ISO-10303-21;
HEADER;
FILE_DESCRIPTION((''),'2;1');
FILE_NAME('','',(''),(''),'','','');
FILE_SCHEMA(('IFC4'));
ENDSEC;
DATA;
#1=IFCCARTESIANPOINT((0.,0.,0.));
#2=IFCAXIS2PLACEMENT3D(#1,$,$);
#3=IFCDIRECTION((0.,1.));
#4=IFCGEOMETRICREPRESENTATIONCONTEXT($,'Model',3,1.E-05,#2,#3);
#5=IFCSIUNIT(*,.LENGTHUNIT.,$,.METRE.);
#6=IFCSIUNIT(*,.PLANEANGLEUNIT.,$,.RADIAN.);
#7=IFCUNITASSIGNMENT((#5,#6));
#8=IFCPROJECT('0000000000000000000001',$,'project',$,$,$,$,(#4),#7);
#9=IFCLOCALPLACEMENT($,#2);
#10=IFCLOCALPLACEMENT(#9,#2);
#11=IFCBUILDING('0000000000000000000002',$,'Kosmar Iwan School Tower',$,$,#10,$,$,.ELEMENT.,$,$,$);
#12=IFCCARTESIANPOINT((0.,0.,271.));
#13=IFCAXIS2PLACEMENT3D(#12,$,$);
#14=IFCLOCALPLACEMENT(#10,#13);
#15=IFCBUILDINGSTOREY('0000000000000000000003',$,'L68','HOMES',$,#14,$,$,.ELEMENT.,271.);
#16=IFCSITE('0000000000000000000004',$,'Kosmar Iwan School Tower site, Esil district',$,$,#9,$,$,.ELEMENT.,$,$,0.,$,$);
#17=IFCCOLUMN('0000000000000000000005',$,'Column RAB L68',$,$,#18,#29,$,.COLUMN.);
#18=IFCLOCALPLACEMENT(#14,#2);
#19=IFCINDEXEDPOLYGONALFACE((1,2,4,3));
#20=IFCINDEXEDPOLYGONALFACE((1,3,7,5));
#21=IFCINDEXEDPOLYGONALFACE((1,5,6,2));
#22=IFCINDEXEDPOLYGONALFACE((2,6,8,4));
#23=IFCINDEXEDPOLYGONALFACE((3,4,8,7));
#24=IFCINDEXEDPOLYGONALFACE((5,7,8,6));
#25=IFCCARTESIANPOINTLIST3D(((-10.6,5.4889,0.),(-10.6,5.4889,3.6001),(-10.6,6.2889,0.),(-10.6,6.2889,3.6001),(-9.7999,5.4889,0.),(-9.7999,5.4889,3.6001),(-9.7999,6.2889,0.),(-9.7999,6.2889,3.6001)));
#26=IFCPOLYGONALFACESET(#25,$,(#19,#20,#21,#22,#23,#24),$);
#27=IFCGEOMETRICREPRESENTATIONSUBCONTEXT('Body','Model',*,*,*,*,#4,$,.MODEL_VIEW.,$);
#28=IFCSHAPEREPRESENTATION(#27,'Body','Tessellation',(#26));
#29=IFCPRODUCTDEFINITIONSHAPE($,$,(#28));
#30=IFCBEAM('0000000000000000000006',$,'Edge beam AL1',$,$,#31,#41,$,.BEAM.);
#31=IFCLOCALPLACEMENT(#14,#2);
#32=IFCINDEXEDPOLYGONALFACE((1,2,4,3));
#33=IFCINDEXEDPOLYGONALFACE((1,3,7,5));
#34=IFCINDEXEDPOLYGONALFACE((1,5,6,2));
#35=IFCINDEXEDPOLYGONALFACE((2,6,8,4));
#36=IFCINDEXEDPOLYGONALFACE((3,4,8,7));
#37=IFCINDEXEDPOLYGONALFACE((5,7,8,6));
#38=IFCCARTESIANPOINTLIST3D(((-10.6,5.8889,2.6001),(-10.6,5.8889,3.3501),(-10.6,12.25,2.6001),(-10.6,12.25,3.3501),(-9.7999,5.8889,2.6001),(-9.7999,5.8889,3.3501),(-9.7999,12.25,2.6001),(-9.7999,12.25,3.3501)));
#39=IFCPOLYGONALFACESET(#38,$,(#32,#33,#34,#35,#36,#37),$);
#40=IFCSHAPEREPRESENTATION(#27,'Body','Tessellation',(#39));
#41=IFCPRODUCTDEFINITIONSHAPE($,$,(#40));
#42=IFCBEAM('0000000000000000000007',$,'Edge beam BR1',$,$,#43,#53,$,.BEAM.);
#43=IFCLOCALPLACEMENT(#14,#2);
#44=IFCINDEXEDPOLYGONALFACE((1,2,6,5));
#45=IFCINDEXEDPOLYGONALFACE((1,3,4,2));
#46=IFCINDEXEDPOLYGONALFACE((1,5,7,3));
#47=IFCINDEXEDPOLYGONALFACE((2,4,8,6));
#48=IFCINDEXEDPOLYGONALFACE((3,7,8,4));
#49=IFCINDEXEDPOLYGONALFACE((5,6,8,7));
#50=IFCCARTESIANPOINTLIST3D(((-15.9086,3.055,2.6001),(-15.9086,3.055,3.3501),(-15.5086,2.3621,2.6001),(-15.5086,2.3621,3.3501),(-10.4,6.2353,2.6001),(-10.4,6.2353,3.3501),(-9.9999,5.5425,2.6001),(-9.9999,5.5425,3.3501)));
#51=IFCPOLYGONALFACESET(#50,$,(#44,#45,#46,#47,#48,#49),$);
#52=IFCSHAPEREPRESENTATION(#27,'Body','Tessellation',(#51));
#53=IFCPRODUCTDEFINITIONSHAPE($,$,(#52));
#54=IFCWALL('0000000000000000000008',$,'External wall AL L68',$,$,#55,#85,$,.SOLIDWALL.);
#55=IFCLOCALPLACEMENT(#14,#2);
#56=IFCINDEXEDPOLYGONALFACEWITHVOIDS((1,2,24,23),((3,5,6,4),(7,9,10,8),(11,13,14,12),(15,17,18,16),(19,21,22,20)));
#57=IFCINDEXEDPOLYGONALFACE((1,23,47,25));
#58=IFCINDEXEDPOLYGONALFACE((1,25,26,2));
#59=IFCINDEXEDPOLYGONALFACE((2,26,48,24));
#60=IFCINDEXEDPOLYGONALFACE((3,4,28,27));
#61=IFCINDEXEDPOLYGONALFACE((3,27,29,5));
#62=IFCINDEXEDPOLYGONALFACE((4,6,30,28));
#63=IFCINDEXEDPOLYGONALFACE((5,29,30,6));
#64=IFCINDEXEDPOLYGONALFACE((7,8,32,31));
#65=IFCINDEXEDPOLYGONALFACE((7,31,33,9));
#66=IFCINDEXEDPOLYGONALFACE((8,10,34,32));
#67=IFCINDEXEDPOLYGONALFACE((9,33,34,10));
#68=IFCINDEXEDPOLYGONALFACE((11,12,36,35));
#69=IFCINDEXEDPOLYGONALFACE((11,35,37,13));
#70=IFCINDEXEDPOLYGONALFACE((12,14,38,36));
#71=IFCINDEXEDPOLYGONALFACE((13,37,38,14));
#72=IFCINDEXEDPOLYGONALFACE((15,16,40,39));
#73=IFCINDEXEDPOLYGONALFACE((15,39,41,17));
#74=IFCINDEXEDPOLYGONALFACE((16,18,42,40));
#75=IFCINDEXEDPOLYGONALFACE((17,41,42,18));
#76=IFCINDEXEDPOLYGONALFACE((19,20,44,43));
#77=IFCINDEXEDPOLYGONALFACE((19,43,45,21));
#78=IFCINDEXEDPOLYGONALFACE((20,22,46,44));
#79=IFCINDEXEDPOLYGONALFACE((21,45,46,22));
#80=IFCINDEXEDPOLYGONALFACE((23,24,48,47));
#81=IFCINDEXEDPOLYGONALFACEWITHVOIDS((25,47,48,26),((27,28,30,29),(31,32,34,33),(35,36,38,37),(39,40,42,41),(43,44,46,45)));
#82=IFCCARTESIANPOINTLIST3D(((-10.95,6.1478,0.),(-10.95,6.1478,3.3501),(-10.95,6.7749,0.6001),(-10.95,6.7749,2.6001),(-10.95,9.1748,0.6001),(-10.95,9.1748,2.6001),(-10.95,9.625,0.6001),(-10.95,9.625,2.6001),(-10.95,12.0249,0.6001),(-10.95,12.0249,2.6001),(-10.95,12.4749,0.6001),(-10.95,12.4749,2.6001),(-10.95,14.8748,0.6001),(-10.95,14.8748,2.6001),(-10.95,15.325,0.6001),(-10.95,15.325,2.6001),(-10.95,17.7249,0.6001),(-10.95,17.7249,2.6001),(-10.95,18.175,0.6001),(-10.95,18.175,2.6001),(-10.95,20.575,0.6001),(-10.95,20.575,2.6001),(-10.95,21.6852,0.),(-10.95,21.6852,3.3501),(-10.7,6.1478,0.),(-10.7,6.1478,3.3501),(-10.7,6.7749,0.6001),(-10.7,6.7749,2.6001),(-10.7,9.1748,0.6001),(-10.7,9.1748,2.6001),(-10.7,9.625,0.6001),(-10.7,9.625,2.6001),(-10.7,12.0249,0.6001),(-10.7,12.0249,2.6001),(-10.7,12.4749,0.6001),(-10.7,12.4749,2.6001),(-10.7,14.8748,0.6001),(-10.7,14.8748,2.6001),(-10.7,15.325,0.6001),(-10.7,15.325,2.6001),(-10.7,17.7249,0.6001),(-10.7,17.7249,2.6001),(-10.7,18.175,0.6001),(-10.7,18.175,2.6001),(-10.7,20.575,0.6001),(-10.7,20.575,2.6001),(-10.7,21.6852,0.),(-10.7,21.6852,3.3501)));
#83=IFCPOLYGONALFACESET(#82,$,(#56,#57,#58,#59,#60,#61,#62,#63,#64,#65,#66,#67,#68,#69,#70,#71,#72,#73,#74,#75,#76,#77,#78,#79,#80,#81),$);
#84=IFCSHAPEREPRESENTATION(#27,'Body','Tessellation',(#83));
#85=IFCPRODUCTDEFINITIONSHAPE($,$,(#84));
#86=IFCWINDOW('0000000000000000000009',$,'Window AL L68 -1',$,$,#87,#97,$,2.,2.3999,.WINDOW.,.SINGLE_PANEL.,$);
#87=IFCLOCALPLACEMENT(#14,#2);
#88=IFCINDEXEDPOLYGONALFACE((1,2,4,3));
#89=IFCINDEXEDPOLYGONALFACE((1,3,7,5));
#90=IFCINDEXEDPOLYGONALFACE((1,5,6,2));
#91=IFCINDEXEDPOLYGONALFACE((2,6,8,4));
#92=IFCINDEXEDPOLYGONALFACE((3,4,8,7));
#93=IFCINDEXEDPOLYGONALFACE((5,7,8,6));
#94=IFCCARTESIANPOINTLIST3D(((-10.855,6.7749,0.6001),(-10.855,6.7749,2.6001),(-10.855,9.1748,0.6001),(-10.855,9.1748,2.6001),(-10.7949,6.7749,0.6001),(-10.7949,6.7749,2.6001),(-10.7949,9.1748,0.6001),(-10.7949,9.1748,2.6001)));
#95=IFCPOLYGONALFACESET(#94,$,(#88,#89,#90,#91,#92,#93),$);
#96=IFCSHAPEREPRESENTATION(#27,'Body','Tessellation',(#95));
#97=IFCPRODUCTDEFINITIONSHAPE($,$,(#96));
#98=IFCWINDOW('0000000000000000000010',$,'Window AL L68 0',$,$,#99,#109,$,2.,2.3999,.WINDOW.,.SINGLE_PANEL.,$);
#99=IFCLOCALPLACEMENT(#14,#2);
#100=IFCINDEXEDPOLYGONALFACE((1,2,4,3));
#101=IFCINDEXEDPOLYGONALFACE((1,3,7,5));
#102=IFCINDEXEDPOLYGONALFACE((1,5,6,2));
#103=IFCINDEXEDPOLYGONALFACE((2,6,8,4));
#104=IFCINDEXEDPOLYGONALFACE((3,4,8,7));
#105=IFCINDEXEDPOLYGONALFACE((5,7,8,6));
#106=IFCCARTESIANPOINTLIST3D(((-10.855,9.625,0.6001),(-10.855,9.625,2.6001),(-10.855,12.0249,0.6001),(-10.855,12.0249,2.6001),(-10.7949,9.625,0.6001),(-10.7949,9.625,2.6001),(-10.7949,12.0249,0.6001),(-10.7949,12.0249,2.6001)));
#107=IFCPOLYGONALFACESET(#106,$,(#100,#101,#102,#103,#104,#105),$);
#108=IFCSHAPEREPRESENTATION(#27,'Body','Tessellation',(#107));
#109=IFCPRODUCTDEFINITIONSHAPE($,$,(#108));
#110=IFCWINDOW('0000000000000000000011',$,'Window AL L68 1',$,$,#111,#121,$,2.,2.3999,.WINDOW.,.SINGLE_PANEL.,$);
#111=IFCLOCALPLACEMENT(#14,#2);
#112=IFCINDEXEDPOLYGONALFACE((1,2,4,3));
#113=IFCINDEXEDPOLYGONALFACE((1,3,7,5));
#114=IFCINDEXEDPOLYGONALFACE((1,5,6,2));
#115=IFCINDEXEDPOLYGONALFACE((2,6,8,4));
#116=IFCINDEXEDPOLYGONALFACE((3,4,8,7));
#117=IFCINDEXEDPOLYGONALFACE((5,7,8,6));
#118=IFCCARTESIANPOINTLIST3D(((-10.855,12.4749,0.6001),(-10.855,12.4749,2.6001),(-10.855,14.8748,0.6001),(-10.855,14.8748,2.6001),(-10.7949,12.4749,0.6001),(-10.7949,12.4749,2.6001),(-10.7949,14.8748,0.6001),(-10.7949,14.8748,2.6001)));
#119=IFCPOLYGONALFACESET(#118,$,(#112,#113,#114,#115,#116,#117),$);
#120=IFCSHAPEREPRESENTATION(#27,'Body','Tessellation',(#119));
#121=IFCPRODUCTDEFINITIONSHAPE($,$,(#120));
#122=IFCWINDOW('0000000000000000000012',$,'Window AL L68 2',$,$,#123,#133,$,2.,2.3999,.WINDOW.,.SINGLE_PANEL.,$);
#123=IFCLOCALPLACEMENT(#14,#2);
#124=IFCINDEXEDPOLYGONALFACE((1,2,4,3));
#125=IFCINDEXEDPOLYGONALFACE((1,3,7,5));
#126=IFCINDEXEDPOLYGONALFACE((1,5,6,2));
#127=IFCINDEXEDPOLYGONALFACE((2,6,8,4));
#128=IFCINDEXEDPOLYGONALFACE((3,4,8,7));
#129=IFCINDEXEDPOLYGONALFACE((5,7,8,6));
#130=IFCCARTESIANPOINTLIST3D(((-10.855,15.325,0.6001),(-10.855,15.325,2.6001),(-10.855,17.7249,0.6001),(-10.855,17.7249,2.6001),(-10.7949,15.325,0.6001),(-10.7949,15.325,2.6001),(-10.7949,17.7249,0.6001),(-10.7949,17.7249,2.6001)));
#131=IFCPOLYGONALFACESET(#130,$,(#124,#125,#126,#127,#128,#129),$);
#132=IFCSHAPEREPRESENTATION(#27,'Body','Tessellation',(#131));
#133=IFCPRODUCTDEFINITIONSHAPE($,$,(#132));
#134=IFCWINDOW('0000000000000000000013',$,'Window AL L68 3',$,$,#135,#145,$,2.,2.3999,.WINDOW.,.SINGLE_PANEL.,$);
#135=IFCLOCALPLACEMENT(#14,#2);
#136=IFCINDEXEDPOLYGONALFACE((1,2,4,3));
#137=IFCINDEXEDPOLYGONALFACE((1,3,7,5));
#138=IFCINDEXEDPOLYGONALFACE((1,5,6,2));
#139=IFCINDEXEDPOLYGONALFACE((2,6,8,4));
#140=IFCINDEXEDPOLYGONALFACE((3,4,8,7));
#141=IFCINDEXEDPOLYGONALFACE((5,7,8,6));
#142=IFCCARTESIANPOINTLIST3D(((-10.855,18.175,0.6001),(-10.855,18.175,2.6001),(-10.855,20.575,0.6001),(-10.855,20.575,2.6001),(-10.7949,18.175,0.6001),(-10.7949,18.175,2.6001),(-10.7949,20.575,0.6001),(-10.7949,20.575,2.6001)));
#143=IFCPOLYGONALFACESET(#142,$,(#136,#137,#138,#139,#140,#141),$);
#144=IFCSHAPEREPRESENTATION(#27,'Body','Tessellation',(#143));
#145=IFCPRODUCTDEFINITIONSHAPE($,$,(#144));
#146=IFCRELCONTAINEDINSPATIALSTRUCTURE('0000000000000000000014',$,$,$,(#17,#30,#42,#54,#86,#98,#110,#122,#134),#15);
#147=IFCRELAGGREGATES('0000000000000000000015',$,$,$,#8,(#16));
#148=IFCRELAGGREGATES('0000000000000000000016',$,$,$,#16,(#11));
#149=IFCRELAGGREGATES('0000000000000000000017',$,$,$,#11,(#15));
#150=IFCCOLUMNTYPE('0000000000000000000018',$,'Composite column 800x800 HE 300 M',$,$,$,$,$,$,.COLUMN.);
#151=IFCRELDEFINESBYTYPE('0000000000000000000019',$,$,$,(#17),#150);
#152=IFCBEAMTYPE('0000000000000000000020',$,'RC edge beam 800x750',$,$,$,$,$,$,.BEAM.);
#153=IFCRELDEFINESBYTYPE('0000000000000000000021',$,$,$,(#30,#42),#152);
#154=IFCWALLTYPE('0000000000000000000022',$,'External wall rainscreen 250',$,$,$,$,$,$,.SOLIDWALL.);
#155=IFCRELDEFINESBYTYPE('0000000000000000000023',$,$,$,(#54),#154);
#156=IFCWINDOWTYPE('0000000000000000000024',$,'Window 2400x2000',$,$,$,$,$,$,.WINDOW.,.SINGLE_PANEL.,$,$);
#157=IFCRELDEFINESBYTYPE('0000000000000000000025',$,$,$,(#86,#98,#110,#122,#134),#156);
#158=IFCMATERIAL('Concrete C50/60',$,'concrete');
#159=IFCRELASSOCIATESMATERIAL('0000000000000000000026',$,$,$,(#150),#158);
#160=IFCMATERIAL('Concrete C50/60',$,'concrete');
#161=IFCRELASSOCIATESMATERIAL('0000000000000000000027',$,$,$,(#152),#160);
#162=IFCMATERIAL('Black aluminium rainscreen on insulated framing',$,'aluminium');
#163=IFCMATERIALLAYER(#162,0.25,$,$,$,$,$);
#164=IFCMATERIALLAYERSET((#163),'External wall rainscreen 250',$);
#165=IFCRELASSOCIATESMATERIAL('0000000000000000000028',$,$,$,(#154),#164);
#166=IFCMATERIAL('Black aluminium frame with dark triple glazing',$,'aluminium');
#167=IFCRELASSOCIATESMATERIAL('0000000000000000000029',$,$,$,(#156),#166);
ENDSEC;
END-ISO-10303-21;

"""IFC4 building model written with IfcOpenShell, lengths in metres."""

from ifc_helpers import new_model, si_unit, direction, frame, frame_2d, origin, origin_2d, place, context, subcontext, project, spatial, rectangle, extrude, material, layer, layer_set, material_profile, profile_set, type_object, element, fill, save


model = new_model("IFC4")

# Units and contexts
model_context = context("Model", 3, precision=1e-05, world=origin(), true_north=direction((0.0, 1.0)))
body_context = subcontext(model_context, "Body", "Model", "MODEL_VIEW")
ifc_project = project(units=[si_unit("LENGTHUNIT", "METRE"), si_unit("PLANEANGLEUNIT", "RADIAN")], contexts=[model_context])

# Site, building, storey
site_placement = place(None, origin())
site = spatial("IfcSite", under=ifc_project, at=site_placement, Name="Kosmar Iwan School Tower site, Esil district", CompositionType="ELEMENT", RefElevation=0.0)
building_placement = place(site_placement, origin())
building = spatial("IfcBuilding", under=site, at=building_placement, Name="Kosmar Iwan School Tower", CompositionType="ELEMENT")
storey_placement = place(building_placement, frame((0.0, 0.0, 271.0)))
storey = spatial("IfcBuildingStorey", under=building, at=storey_placement, Name="L68", Description="HOMES", CompositionType="ELEMENT", Elevation=271.0)

# Column
ifc_material_1 = material(Name="Concrete C50/60", Category="concrete")
ifc_material_profile_1 = material_profile(ifc_material_1, rectangle(XDim=0.8, YDim=0.8, at=origin_2d()), Name="RC 800x800 + HE 300 M")
ifc_profile_set_1 = profile_set([ifc_material_profile_1], Name="Concrete C50/60")
column_type = type_object("IfcColumnType", Name="Composite column 800x800 HE 300 M", PredefinedType="COLUMN", material=ifc_profile_set_1)
column_placement = place(storey_placement, frame((-10.2, 5.8889, 0.0), z_axis=(0.0, 0.0, 1.0), x_axis=(1.0, 0.0, 0.0)))
element("IfcColumn", 1, at=column_placement, inside=storey, type_object=column_type, Name="Column RAB L68", PredefinedType="COLUMN", context=body_context, shape_type="SweptSolid", body=[
    extrude(rectangle(XDim=0.8, YDim=0.8, at=origin_2d()), origin(), (0.0, 0.0, 1.0), 3.6001),
])

# Beams
ifc_material_2 = material(Name="Concrete C50/60", Category="concrete")
ifc_material_profile_2 = material_profile(ifc_material_2, rectangle(XDim=0.8, YDim=0.75, at=origin_2d()), Name="RC 800x750")
ifc_profile_set_2 = profile_set([ifc_material_profile_2], Name="Concrete C50/60")
beam_type = type_object("IfcBeamType", Name="RC edge beam 800x750", PredefinedType="BEAM", material=ifc_profile_set_2)
beam_1_placement = place(storey_placement, frame((-10.2, 5.8889, 2.9751), z_axis=(0.0, 1.0, 0.0), x_axis=(-1.0, 0.0, 0.0)))
element("IfcBeam", 2, at=beam_1_placement, inside=storey, type_object=beam_type, Name="Edge beam AL1", PredefinedType="BEAM", context=body_context, shape_type="SweptSolid", body=[
    extrude(rectangle(XDim=0.8, YDim=0.75, at=origin_2d()), origin(), (0.0, 0.0, 1.0), 6.3611),
])
beam_2_placement = place(storey_placement, frame((-10.2, 5.8889, 2.9751), z_axis=(-0.866031, -0.49999, 0.0), x_axis=(0.49999, -0.866031, 0.0)))
element("IfcBeam", 3, at=beam_2_placement, inside=storey, type_object=beam_type, Name="Edge beam BR1", PredefinedType="BEAM", context=body_context, shape_type="SweptSolid", body=[
    extrude(rectangle(XDim=0.8, YDim=0.75, at=origin_2d()), origin(), (0.0, 0.0, 1.0), 6.3608),
])

# Wall, openings, windows
ifc_material_3 = material(Name="Black aluminium rainscreen on insulated framing", Category="aluminium")
ifc_layer = layer(ifc_material_3, 0.25)
ifc_layer_set = layer_set([ifc_layer], Name="External wall rainscreen 250")
wall_type = type_object("IfcWallType", Name="External wall rainscreen 250", PredefinedType="SOLIDWALL", material=ifc_layer_set)
wall_1_placement = place(storey_placement, frame((-10.825, 6.1479, 0.0), z_axis=(0.0, 0.0, 1.0), x_axis=(0.0, 1.0, 0.0)))
wall_1 = element("IfcWall", 4, at=wall_1_placement, inside=storey, type_object=wall_type, Name="External wall AL L68", PredefinedType="SOLIDWALL", context=body_context, shape_type="SweptSolid", body=[
    extrude(rectangle(XDim=15.5374, YDim=0.25, at=frame_2d((7.7686, 0.0))), origin(), (0.0, 0.0, 1.0), 3.3501),
])
opening_1_placement = place(wall_1_placement, frame((0.627, 0.0, 0.6001)))
opening_1 = element("IfcOpeningElement", 5, at=opening_1_placement, cuts=wall_1, PredefinedType="OPENING", context=body_context, shape_type="SweptSolid", body=[
    extrude(rectangle(XDim=2.3999, YDim=2.0, at=frame_2d((1.2, 1.0))), frame((0.0, 0.137, 0.0), z_axis=(0.0, -1.0, 0.0), x_axis=(1.0, 0.0, 0.0)), (0.0, 0.0, 1.0), 0.2739),
])
opening_2_placement = place(wall_1_placement, frame((3.4771, 0.0, 0.6001)))
opening_2 = element("IfcOpeningElement", 6, at=opening_2_placement, cuts=wall_1, PredefinedType="OPENING", context=body_context, shape_type="SweptSolid", body=[
    extrude(rectangle(XDim=2.3999, YDim=2.0, at=frame_2d((1.2, 1.0))), frame((0.0, 0.137, 0.0), z_axis=(0.0, -1.0, 0.0), x_axis=(1.0, 0.0, 0.0)), (0.0, 0.0, 1.0), 0.2739),
])
opening_3_placement = place(wall_1_placement, frame((6.3269, 0.0, 0.6001)))
opening_3 = element("IfcOpeningElement", 7, at=opening_3_placement, cuts=wall_1, PredefinedType="OPENING", context=body_context, shape_type="SweptSolid", body=[
    extrude(rectangle(XDim=2.3999, YDim=2.0, at=frame_2d((1.2, 1.0))), frame((0.0, 0.137, 0.0), z_axis=(0.0, -1.0, 0.0), x_axis=(1.0, 0.0, 0.0)), (0.0, 0.0, 1.0), 0.2739),
])
opening_4_placement = place(wall_1_placement, frame((9.177, 0.0, 0.6001)))
opening_4 = element("IfcOpeningElement", 8, at=opening_4_placement, cuts=wall_1, PredefinedType="OPENING", context=body_context, shape_type="SweptSolid", body=[
    extrude(rectangle(XDim=2.3999, YDim=2.0, at=frame_2d((1.2, 1.0))), frame((0.0, 0.137, 0.0), z_axis=(0.0, -1.0, 0.0), x_axis=(1.0, 0.0, 0.0)), (0.0, 0.0, 1.0), 0.2739),
])
opening_5_placement = place(wall_1_placement, frame((12.0271, 0.0, 0.6001)))
opening_5 = element("IfcOpeningElement", 9, at=opening_5_placement, cuts=wall_1, PredefinedType="OPENING", context=body_context, shape_type="SweptSolid", body=[
    extrude(rectangle(XDim=2.3999, YDim=2.0, at=frame_2d((1.2, 1.0))), frame((0.0, 0.137, 0.0), z_axis=(0.0, -1.0, 0.0), x_axis=(1.0, 0.0, 0.0)), (0.0, 0.0, 1.0), 0.2739),
])
ifc_material_4 = material(Name="Black aluminium frame with dark triple glazing", Category="aluminium")
window_type = type_object("IfcWindowType", Name="Window 2400x2000", PartitioningType="SINGLE_PANEL", PredefinedType="WINDOW", material=ifc_material_4)
window_1_placement = place(opening_1_placement, origin())
window_1 = element("IfcWindow", 10, at=window_1_placement, inside=storey, type_object=window_type, Name="Window AL L68 -1", OverallHeight=2.0, OverallWidth=2.3999, PartitioningType="SINGLE_PANEL", PredefinedType="WINDOW", context=body_context, shape_type="SweptSolid", body=[
    extrude(rectangle(XDim=2.3999, YDim=2.0, at=frame_2d((1.2, 1.0))), frame((0.0, 0.03, 0.0), z_axis=(0.0, -1.0, 0.0), x_axis=(1.0, 0.0, 0.0)), (0.0, 0.0, 1.0), 0.0601),
])
fill(opening_1, window_1)
window_2_placement = place(opening_2_placement, origin())
window_2 = element("IfcWindow", 11, at=window_2_placement, inside=storey, type_object=window_type, Name="Window AL L68 0", OverallHeight=2.0, OverallWidth=2.3999, PartitioningType="SINGLE_PANEL", PredefinedType="WINDOW", context=body_context, shape_type="SweptSolid", body=[
    extrude(rectangle(XDim=2.3999, YDim=2.0, at=frame_2d((1.2, 1.0))), frame((0.0, 0.03, 0.0), z_axis=(0.0, -1.0, 0.0), x_axis=(1.0, 0.0, 0.0)), (0.0, 0.0, 1.0), 0.0601),
])
fill(opening_2, window_2)
window_3_placement = place(opening_3_placement, origin())
window_3 = element("IfcWindow", 12, at=window_3_placement, inside=storey, type_object=window_type, Name="Window AL L68 1", OverallHeight=2.0, OverallWidth=2.3999, PartitioningType="SINGLE_PANEL", PredefinedType="WINDOW", context=body_context, shape_type="SweptSolid", body=[
    extrude(rectangle(XDim=2.3999, YDim=2.0, at=frame_2d((1.2, 1.0))), frame((0.0, 0.03, 0.0), z_axis=(0.0, -1.0, 0.0), x_axis=(1.0, 0.0, 0.0)), (0.0, 0.0, 1.0), 0.0601),
])
fill(opening_3, window_3)
window_4_placement = place(opening_4_placement, origin())
window_4 = element("IfcWindow", 13, at=window_4_placement, inside=storey, type_object=window_type, Name="Window AL L68 2", OverallHeight=2.0, OverallWidth=2.3999, PartitioningType="SINGLE_PANEL", PredefinedType="WINDOW", context=body_context, shape_type="SweptSolid", body=[
    extrude(rectangle(XDim=2.3999, YDim=2.0, at=frame_2d((1.2, 1.0))), frame((0.0, 0.03, 0.0), z_axis=(0.0, -1.0, 0.0), x_axis=(1.0, 0.0, 0.0)), (0.0, 0.0, 1.0), 0.0601),
])
fill(opening_4, window_4)
window_5_placement = place(opening_5_placement, origin())
window_5 = element("IfcWindow", 14, at=window_5_placement, inside=storey, type_object=window_type, Name="Window AL L68 3", OverallHeight=2.0, OverallWidth=2.3999, PartitioningType="SINGLE_PANEL", PredefinedType="WINDOW", context=body_context, shape_type="SweptSolid", body=[
    extrude(rectangle(XDim=2.3999, YDim=2.0, at=frame_2d((1.2, 1.0))), frame((0.0, 0.03, 0.0), z_axis=(0.0, -1.0, 0.0), x_axis=(1.0, 0.0, 0.0)), (0.0, 0.0, 1.0), 0.0601),
])
fill(opening_5, window_5)

save(model, "model.ifc")
